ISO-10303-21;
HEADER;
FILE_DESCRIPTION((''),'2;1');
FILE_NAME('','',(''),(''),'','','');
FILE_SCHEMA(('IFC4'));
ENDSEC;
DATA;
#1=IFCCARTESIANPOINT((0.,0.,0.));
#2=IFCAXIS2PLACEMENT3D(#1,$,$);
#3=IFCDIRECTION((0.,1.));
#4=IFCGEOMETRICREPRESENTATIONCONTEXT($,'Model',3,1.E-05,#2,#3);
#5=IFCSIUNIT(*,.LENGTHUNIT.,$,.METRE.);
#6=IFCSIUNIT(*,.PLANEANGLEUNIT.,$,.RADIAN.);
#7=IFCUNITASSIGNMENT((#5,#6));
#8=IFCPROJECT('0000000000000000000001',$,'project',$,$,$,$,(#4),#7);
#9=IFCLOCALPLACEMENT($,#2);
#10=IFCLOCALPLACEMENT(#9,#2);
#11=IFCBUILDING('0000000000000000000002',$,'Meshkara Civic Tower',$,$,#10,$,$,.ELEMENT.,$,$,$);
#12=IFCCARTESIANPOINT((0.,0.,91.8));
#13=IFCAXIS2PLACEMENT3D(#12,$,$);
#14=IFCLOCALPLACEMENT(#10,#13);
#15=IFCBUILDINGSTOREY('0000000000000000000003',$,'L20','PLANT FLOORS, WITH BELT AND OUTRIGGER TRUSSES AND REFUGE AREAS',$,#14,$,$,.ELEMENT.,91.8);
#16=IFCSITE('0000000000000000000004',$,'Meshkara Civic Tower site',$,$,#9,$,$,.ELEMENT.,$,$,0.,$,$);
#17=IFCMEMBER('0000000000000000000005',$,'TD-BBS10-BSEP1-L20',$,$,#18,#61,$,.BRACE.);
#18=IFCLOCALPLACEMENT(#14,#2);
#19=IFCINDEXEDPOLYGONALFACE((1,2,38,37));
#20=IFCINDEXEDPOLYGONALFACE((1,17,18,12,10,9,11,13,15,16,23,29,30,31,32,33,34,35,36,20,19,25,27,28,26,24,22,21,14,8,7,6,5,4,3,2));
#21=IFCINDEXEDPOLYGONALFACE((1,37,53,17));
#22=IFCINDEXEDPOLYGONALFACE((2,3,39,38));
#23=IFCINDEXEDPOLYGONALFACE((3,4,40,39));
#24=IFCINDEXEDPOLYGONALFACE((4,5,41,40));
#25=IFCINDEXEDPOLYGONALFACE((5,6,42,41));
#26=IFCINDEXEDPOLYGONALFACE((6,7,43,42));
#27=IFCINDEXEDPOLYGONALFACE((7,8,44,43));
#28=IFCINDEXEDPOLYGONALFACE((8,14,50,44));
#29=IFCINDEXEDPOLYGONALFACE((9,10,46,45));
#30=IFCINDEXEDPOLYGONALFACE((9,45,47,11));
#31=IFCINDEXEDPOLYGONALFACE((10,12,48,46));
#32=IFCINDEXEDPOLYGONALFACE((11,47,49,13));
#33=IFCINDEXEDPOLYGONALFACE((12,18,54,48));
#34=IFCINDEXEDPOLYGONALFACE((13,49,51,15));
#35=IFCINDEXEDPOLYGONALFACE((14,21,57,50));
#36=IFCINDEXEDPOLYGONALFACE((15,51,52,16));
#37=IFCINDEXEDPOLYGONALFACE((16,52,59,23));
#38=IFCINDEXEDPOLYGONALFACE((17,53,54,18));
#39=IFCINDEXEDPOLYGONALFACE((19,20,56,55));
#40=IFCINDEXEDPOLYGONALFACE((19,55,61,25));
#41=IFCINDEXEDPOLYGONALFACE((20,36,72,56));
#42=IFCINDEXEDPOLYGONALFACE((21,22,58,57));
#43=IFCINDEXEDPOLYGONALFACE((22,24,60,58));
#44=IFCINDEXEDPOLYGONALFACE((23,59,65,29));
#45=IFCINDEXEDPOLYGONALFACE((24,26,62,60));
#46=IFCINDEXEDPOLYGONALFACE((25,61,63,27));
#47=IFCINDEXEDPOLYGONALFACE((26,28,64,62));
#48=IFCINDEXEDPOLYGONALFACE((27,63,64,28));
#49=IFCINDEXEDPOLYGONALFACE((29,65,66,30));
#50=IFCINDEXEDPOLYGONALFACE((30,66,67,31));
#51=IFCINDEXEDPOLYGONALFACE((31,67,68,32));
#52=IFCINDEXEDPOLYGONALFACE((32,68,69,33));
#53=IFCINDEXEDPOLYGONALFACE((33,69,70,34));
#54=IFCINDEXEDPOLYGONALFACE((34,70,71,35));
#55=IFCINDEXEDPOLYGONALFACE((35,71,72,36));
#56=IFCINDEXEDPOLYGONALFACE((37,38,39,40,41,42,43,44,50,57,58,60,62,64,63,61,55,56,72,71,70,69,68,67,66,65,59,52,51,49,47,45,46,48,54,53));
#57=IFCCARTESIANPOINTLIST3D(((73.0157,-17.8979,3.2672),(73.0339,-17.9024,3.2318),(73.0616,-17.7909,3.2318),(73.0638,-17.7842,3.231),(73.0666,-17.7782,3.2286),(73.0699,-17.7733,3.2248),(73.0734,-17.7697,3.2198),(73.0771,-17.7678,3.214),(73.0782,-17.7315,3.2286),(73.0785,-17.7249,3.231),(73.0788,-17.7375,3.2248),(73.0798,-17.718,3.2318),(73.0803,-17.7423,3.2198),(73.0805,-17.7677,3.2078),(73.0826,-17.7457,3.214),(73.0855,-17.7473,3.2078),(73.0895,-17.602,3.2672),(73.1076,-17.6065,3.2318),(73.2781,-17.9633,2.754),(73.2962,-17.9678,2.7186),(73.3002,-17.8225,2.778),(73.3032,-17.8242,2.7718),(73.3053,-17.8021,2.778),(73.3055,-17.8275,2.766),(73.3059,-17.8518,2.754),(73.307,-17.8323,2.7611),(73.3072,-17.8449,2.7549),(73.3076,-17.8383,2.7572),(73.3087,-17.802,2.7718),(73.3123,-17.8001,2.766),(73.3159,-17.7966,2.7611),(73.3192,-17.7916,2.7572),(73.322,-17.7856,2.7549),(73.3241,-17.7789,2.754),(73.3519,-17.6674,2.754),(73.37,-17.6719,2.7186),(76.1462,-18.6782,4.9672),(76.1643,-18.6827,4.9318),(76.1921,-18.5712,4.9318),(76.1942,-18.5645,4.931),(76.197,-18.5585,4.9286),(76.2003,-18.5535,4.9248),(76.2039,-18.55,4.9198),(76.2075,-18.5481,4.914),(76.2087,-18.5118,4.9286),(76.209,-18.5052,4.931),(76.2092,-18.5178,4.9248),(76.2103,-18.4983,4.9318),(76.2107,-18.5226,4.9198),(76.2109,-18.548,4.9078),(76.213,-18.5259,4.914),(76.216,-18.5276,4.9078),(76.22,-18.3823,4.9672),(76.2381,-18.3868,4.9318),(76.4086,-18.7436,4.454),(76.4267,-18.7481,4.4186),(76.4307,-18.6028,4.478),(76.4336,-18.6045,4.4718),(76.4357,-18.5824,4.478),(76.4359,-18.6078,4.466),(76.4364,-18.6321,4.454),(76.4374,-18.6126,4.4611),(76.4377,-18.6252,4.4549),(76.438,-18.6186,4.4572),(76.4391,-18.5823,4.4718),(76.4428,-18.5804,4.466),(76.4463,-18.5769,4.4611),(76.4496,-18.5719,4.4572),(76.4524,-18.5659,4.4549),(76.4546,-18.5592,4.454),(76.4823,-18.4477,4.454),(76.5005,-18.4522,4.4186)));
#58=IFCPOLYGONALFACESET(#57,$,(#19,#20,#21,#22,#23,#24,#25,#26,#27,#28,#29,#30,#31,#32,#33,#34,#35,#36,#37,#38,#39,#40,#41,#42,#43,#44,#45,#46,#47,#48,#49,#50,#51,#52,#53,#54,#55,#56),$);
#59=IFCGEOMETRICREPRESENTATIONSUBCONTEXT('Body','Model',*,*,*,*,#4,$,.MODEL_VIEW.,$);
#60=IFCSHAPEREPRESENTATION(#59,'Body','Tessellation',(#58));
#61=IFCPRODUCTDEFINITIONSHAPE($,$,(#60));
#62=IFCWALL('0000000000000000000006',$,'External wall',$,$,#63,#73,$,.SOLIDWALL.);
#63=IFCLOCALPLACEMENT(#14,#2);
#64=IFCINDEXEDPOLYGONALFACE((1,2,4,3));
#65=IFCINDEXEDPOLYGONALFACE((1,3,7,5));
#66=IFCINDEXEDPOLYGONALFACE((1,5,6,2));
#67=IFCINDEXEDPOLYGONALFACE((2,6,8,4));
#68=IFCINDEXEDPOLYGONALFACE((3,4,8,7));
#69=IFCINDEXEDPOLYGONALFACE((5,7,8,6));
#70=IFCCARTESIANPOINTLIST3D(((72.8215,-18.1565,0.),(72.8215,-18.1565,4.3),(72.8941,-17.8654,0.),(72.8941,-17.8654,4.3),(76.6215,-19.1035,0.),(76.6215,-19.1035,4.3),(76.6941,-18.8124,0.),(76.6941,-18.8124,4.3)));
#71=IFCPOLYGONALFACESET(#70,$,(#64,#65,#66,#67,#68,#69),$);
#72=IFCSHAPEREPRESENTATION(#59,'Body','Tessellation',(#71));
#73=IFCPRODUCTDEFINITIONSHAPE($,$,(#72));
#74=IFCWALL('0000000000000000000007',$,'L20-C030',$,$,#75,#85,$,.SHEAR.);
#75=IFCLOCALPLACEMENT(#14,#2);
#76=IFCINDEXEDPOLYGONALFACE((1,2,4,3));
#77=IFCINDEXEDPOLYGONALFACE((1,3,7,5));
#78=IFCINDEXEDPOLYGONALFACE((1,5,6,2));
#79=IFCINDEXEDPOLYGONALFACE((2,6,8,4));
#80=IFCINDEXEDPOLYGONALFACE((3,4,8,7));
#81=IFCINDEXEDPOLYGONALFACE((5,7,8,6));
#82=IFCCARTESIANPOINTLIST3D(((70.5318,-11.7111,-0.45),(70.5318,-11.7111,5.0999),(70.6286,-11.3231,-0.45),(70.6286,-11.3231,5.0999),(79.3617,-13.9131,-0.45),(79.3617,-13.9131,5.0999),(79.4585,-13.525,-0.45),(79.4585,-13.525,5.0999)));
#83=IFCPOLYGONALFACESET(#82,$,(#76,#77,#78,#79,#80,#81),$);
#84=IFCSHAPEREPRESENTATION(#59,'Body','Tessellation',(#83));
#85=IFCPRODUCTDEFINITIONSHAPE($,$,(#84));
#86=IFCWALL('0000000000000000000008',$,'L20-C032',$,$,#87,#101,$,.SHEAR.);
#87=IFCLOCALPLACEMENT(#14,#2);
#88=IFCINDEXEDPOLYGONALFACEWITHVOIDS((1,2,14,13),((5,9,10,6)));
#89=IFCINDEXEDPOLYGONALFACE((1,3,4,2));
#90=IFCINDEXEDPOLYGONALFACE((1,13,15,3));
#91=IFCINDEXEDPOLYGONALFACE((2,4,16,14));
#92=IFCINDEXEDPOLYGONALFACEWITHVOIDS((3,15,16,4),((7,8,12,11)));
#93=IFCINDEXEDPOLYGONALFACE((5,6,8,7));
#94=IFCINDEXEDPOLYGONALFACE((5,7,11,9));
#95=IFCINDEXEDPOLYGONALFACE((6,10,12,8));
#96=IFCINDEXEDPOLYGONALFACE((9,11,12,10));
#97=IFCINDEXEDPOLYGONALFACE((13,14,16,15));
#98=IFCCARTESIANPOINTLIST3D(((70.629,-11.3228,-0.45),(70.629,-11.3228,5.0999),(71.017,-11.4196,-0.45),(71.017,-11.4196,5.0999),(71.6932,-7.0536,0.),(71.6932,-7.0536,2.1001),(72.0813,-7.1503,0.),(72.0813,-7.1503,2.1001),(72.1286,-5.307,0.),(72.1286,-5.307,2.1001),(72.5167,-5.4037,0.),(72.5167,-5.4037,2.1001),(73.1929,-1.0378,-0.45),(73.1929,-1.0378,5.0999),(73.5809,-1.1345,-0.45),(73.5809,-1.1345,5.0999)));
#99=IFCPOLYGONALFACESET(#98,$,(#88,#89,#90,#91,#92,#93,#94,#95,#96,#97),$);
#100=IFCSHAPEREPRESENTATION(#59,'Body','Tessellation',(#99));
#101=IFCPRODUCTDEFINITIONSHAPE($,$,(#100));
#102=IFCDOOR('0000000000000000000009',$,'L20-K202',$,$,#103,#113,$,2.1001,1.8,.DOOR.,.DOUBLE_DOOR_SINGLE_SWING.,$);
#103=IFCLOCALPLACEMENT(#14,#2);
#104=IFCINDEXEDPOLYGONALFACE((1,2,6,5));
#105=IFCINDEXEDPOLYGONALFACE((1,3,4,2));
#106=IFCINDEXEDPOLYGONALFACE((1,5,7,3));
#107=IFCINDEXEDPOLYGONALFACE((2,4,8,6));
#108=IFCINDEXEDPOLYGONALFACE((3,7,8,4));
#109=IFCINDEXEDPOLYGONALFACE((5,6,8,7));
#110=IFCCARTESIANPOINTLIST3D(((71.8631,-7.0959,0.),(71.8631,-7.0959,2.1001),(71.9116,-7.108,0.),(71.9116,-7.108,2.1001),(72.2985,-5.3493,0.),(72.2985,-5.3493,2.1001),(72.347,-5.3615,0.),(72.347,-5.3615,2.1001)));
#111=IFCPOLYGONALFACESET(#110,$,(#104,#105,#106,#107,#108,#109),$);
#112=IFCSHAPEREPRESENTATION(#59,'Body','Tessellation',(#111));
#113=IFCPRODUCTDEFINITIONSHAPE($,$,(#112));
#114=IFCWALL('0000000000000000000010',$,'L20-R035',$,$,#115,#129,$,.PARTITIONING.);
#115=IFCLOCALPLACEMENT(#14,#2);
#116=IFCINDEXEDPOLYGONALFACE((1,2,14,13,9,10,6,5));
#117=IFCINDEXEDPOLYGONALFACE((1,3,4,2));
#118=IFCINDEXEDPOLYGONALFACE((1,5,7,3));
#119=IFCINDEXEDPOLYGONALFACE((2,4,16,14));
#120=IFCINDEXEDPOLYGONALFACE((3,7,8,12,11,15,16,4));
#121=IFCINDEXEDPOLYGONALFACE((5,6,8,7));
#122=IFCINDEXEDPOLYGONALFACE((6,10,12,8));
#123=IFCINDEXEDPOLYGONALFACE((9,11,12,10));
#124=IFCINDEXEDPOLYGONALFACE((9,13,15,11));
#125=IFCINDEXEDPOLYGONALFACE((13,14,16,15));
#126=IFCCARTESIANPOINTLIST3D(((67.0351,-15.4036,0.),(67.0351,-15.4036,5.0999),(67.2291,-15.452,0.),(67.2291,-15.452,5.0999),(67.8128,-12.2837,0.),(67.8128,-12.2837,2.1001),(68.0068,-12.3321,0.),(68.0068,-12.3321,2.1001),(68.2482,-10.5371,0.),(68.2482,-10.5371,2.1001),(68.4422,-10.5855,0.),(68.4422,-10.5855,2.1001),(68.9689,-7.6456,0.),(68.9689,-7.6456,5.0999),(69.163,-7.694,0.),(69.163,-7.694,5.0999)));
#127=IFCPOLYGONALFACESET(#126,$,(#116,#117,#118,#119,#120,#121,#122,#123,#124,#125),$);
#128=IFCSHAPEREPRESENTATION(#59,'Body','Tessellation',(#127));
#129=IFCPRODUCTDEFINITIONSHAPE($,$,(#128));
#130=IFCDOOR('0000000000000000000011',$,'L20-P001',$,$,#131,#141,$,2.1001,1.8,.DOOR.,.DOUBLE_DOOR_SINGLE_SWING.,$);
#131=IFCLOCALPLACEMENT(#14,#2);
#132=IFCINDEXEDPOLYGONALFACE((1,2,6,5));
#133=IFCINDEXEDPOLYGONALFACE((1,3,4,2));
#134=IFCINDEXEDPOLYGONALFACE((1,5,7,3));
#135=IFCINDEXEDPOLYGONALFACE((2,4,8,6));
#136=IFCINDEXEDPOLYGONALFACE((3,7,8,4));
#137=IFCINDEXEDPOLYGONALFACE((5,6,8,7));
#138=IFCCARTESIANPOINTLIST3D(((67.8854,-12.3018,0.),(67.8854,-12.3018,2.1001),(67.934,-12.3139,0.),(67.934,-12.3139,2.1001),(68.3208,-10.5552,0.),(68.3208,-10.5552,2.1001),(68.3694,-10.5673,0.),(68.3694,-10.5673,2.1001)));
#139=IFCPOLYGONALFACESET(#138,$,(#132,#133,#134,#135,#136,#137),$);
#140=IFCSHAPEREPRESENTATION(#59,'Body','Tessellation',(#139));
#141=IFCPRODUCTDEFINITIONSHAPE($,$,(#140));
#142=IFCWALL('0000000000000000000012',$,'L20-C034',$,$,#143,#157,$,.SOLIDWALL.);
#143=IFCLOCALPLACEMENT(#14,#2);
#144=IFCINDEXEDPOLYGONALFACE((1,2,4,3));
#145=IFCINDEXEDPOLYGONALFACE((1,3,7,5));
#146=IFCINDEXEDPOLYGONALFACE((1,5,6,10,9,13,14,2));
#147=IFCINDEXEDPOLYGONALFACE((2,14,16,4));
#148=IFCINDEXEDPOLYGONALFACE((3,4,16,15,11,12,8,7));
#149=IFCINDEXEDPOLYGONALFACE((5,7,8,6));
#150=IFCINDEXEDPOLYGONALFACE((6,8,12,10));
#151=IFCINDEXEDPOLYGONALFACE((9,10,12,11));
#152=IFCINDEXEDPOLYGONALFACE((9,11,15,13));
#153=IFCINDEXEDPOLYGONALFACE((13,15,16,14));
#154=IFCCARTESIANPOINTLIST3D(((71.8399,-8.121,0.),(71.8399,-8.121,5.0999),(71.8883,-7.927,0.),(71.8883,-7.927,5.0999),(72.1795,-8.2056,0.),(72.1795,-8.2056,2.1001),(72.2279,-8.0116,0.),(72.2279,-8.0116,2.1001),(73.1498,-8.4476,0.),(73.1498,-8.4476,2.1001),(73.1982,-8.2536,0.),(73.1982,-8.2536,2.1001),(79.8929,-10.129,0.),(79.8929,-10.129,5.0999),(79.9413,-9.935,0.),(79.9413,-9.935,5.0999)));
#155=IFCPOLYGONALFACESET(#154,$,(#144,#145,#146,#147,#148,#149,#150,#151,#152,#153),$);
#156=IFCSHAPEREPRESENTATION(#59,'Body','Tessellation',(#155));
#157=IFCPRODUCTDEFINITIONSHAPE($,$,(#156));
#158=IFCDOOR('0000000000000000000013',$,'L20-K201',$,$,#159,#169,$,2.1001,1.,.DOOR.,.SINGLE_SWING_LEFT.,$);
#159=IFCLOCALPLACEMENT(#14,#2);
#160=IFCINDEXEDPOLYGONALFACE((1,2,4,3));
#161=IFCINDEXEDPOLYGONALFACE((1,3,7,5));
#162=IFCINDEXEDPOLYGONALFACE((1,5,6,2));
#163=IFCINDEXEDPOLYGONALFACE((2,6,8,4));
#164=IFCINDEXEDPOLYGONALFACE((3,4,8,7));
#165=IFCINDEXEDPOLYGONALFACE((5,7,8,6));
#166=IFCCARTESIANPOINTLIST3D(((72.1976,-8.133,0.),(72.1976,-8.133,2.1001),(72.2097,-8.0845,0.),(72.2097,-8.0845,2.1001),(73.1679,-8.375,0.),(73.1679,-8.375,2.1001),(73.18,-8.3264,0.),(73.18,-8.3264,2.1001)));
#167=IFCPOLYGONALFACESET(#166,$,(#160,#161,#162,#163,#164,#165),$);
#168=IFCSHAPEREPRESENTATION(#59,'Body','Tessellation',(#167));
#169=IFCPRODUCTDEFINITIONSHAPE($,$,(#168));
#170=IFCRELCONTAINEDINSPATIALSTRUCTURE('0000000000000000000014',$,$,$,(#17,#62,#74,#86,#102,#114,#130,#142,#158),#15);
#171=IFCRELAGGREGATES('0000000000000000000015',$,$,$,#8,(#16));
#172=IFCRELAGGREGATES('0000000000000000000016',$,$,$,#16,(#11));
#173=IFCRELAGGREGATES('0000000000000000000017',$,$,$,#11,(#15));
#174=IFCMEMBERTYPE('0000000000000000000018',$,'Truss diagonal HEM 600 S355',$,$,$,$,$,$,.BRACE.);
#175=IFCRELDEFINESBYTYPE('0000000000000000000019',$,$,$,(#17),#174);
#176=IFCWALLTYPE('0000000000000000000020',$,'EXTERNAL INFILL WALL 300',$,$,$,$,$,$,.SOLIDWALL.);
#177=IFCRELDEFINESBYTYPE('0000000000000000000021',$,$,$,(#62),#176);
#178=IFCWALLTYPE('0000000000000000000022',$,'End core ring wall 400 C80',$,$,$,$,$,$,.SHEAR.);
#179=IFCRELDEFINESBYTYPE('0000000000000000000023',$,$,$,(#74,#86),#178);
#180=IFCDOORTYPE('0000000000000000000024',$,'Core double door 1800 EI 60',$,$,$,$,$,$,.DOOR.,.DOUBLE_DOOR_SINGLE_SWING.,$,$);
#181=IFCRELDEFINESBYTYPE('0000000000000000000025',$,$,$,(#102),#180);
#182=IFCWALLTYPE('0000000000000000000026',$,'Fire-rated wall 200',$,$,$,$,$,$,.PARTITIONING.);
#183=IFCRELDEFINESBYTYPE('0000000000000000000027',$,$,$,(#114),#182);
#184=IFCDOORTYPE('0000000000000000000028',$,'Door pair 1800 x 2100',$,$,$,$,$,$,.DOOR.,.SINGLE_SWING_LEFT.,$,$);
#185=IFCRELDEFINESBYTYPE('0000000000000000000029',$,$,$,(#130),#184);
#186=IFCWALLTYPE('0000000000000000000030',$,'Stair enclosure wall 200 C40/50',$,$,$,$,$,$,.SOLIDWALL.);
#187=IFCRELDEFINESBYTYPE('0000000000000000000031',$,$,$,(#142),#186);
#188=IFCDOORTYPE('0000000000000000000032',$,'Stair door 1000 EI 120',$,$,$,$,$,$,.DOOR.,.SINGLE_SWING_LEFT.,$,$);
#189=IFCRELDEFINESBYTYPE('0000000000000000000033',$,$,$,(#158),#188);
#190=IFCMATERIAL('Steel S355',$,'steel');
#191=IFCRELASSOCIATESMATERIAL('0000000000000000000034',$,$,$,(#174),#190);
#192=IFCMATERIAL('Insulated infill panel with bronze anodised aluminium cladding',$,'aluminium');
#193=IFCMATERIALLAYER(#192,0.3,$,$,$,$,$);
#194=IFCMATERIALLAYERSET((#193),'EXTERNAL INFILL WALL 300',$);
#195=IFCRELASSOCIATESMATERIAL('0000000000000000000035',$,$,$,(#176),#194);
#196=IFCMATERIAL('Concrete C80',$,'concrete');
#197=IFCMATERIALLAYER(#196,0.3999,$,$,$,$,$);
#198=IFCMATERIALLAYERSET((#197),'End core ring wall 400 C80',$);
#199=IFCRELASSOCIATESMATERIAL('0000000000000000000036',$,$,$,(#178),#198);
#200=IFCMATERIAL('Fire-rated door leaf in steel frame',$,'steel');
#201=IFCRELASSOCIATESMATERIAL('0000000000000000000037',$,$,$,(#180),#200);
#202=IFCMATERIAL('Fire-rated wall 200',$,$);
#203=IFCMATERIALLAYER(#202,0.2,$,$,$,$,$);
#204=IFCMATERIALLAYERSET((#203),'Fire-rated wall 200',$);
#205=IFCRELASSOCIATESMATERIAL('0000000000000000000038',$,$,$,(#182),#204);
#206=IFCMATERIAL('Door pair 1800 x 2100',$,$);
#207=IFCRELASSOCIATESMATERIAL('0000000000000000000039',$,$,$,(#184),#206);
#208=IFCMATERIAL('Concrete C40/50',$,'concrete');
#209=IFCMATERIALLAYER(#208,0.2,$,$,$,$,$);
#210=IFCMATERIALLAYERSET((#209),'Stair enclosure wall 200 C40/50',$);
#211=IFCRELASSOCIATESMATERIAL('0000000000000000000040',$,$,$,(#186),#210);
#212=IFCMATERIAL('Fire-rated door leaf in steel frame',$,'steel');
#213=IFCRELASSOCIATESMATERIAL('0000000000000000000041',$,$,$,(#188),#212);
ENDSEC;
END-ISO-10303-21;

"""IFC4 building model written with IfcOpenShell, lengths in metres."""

from ifc_helpers import new_model, si_unit, direction, frame, frame_2d, origin, origin_2d, place, context, subcontext, project, spatial, rectangle, i_section, extrude, material, layer, layer_set, material_profile, profile_set, type_object, element, fill, save


model = new_model("IFC4")

# Units and contexts
model_context = context("Model", 3, precision=1e-05, world=origin(), true_north=direction((0.0, 1.0)))
body_context = subcontext(model_context, "Body", "Model", "MODEL_VIEW")
ifc_project = project(units=[si_unit("LENGTHUNIT", "METRE"), si_unit("PLANEANGLEUNIT", "RADIAN")], contexts=[model_context])

# Site, building, storey
site_placement = place(None, origin())
site = spatial("IfcSite", under=ifc_project, at=site_placement, Name="Meshkara Civic Tower site", CompositionType="ELEMENT", RefElevation=0.0)
building_placement = place(site_placement, origin())
building = spatial("IfcBuilding", under=site, at=building_placement, Name="Meshkara Civic Tower", CompositionType="ELEMENT")
storey_placement = place(building_placement, frame((0.0, 0.0, 91.8)))
storey = spatial("IfcBuildingStorey", under=building, at=storey_placement, Name="L20", Description="PLANT FLOORS, WITH BELT AND OUTRIGGER TRUSSES AND REFUGE AREAS", CompositionType="ELEMENT", Elevation=91.8)

# Member
ifc_material_1 = material(Name="Steel S355", Category="steel")
ifc_material_profile_1 = material_profile(ifc_material_1, i_section(OverallWidth=0.3049, OverallDepth=0.6201, WebThickness=0.021, FlangeThickness=0.04, FilletRadius=0.0271, at=origin_2d()))
ifc_profile_set_1 = profile_set([ifc_material_profile_1], Name="Steel S355")
member_type = type_object("IfcMemberType", Name="Truss diagonal HEM 600 S355", PredefinedType="BRACE", material=ifc_profile_set_1)
member_placement = place(storey_placement, frame((73.1929, -17.7849, 2.9929), z_axis=(0.858429, -0.213971, 0.466171), x_axis=(0.241859, 0.970311, 0.0)))
element("IfcMember", 1, at=member_placement, inside=storey, type_object=member_type, Name="TD-BBS10-BSEP1-L20", PredefinedType="BRACE", context=body_context, shape_type="SweptSolid", body=[
    extrude(i_section(OverallWidth=0.3049, OverallDepth=0.6201, WebThickness=0.021, FlangeThickness=0.04, FilletRadius=0.0271, at=origin_2d()), origin(), (0.0, 0.0, 1.0), 3.6467),
])

# Walls
ifc_material_2 = material(Name="Insulated infill panel with bronze anodised aluminium cladding", Category="aluminium")
ifc_layer_1 = layer(ifc_material_2, 0.3)
ifc_layer_set_1 = layer_set([ifc_layer_1], Name="EXTERNAL INFILL WALL 300")
wall_type_1 = type_object("IfcWallType", Name="EXTERNAL INFILL WALL 300", PredefinedType="SOLIDWALL", material=ifc_layer_set_1)
wall_1_placement = place(storey_placement, frame((72.8579, -18.011, 0.0), z_axis=(0.0, 0.0, 1.0), x_axis=(0.970322, -0.241817, 0.0)))
element("IfcWall", 2, at=wall_1_placement, inside=storey, type_object=wall_type_1, Name="External wall", PredefinedType="SOLIDWALL", context=body_context, shape_type="SweptSolid", body=[
    extrude(rectangle(XDim=3.9163, YDim=0.3, at=frame_2d((1.958, 0.0))), origin(), (0.0, 0.0, 1.0), 4.3),
])
ifc_material_3 = material(Name="Concrete C80", Category="concrete")
ifc_layer_2 = layer(ifc_material_3, 0.3999)
ifc_layer_set_2 = layer_set([ifc_layer_2], Name="End core ring wall 400 C80")
wall_type_2 = type_object("IfcWallType", Name="End core ring wall 400 C80", PredefinedType="SHEAR", material=ifc_layer_set_2)
wall_2_placement = place(storey_placement, frame((70.5801, -11.5171, -0.45), z_axis=(0.0, 0.0, 1.0), x_axis=(0.970286, -0.241961, 0.0)))
element("IfcWall", 3, at=wall_2_placement, inside=storey, type_object=wall_type_2, Name="L20-C030", PredefinedType="SHEAR", context=body_context, shape_type="SweptSolid", body=[
    extrude(rectangle(XDim=9.1003, YDim=0.3999, at=frame_2d((4.5503, 0.0))), origin(), (0.0, 0.0, 1.0), 5.5498),
])

# Walls, openings, doors
wall_3_placement = place(storey_placement, frame((70.823, -11.3711, -0.45), z_axis=(0.0, 0.0, 1.0), x_axis=(0.241885, 0.970305, 0.0)))
wall_3 = element("IfcWall", 4, at=wall_3_placement, inside=storey, type_object=wall_type_2, Name="L20-C032", PredefinedType="SHEAR", context=body_context, shape_type="SweptSolid", body=[
    extrude(rectangle(XDim=10.5999, YDim=0.3999, at=frame_2d((5.2998, 0.0))), origin(), (0.0, 0.0, 1.0), 5.5498),
])
opening_1_placement = place(wall_3_placement, frame((4.3999, 0.0, 0.45)))
opening_1 = element("IfcOpeningElement", 5, at=opening_1_placement, cuts=wall_3, PredefinedType="OPENING", context=body_context, shape_type="SweptSolid", body=[
    extrude(rectangle(XDim=1.8, YDim=2.1001, at=frame_2d((0.8999, 1.05))), frame((0.0, 0.21, 0.0), z_axis=(0.0, -1.0, 0.0), x_axis=(1.0, 0.0, 0.0)), (0.0, 0.0, 1.0), 0.4199),
])
ifc_material_4 = material(Name="Fire-rated door leaf in steel frame", Category="steel")
door_type_1 = type_object("IfcDoorType", Name="Core double door 1800 EI 60", OperationType="DOUBLE_DOOR_SINGLE_SWING", PredefinedType="DOOR", material=ifc_material_4)
door_1_placement = place(opening_1_placement, origin())
door_1 = element("IfcDoor", 6, at=door_1_placement, inside=storey, type_object=door_type_1, Name="L20-K202", OperationType="DOUBLE_DOOR_SINGLE_SWING", OverallHeight=2.1001, OverallWidth=1.8, PredefinedType="DOOR", context=body_context, shape_type="SweptSolid", body=[
    extrude(rectangle(XDim=1.8, YDim=2.1001, at=frame_2d((0.8999, 1.05))), frame((0.0, 0.0249, 0.0), z_axis=(0.0, -1.0, 0.0), x_axis=(1.0, 0.0, 0.0)), (0.0, 0.0, 1.0), 0.05),
])
fill(opening_1, door_1)
ifc_material_5 = material(Name="Fire-rated wall 200")
ifc_layer_3 = layer(ifc_material_5, 0.2)
ifc_layer_set_3 = layer_set([ifc_layer_3], Name="Fire-rated wall 200")
wall_type_3 = type_object("IfcWallType", Name="Fire-rated wall 200", PredefinedType="PARTITIONING", material=ifc_layer_set_3)
wall_4_placement = place(storey_placement, frame((69.0659, -7.6699, 0.0), z_axis=(0.0, 0.0, 1.0), x_axis=(-0.241867, -0.970309, 0.0)))
wall_4 = element("IfcWall", 7, at=wall_4_placement, inside=storey, type_object=wall_type_3, Name="L20-R035", PredefinedType="PARTITIONING", context=body_context, shape_type="SweptSolid", body=[
    extrude(rectangle(XDim=7.9954, YDim=0.2, at=frame_2d((3.9976, 0.0))), origin(), (0.0, 0.0, 1.0), 5.0999),
])
opening_2_placement = place(wall_4_placement, frame((2.98, 0.0, 0.0)))
opening_2 = element("IfcOpeningElement", 8, at=opening_2_placement, cuts=wall_4, PredefinedType="OPENING", context=body_context, shape_type="SweptSolid", body=[
    extrude(rectangle(XDim=1.8, YDim=2.1001, at=frame_2d((0.8999, 1.05))), frame((0.0, 0.1099, 0.0), z_axis=(0.0, -1.0, 0.0), x_axis=(1.0, 0.0, 0.0)), (0.0, 0.0, 1.0), 0.22),
])
ifc_material_6 = material(Name="Door pair 1800 x 2100")
door_type_2 = type_object("IfcDoorType", Name="Door pair 1800 x 2100", OperationType="SINGLE_SWING_LEFT", PredefinedType="DOOR", material=ifc_material_6)
door_2_placement = place(opening_2_placement, origin())
door_2 = element("IfcDoor", 9, at=door_2_placement, inside=storey, type_object=door_type_2, Name="L20-P001", OperationType="DOUBLE_DOOR_SINGLE_SWING", OverallHeight=2.1001, OverallWidth=1.8, PredefinedType="DOOR", context=body_context, shape_type="SweptSolid", body=[
    extrude(rectangle(XDim=1.8, YDim=2.1001, at=frame_2d((0.8999, 1.05))), frame((0.0, 0.0249, 0.0), z_axis=(0.0, -1.0, 0.0), x_axis=(1.0, 0.0, 0.0)), (0.0, 0.0, 1.0), 0.05),
])
fill(opening_2, door_2)
ifc_material_7 = material(Name="Concrete C40/50", Category="concrete")
ifc_layer_4 = layer(ifc_material_7, 0.2)
ifc_layer_set_4 = layer_set([ifc_layer_4], Name="Stair enclosure wall 200 C40/50")
wall_type_4 = type_object("IfcWallType", Name="Stair enclosure wall 200 C40/50", PredefinedType="SOLIDWALL", material=ifc_layer_set_4)
wall_5_placement = place(storey_placement, frame((71.864, -8.0239, 0.0), z_axis=(0.0, 0.0, 1.0), x_axis=(0.970289, -0.241947, 0.0)))
wall_5 = element("IfcWall", 10, at=wall_5_placement, inside=storey, type_object=wall_type_4, Name="L20-C034", PredefinedType="SOLIDWALL", context=body_context, shape_type="SweptSolid", body=[
    extrude(rectangle(XDim=8.2996, YDim=0.2, at=frame_2d((4.1499, 0.0))), origin(), (0.0, 0.0, 1.0), 5.0999),
])
opening_3_placement = place(wall_5_placement, frame((0.3501, 0.0, 0.0)))
opening_3 = element("IfcOpeningElement", 11, at=opening_3_placement, cuts=wall_5, PredefinedType="OPENING", context=body_context, shape_type="SweptSolid", body=[
    extrude(rectangle(XDim=1.0, YDim=2.1001, at=frame_2d((0.5, 1.05))), frame((0.0, 0.1099, 0.0), z_axis=(0.0, -1.0, 0.0), x_axis=(1.0, 0.0, 0.0)), (0.0, 0.0, 1.0), 0.22),
])
ifc_material_8 = material(Name="Fire-rated door leaf in steel frame", Category="steel")
door_type_3 = type_object("IfcDoorType", Name="Stair door 1000 EI 120", OperationType="SINGLE_SWING_LEFT", PredefinedType="DOOR", material=ifc_material_8)
door_3_placement = place(opening_3_placement, origin())
door_3 = element("IfcDoor", 12, at=door_3_placement, inside=storey, type_object=door_type_3, Name="L20-K201", OperationType="SINGLE_SWING_LEFT", OverallHeight=2.1001, OverallWidth=1.0, PredefinedType="DOOR", context=body_context, shape_type="SweptSolid", body=[
    extrude(rectangle(XDim=1.0, YDim=2.1001, at=frame_2d((0.5, 1.05))), frame((0.0, 0.0249, 0.0), z_axis=(0.0, -1.0, 0.0), x_axis=(1.0, 0.0, 0.0)), (0.0, 0.0, 1.0), 0.05),
])
fill(opening_3, door_3)

save(model, "model.ifc")
